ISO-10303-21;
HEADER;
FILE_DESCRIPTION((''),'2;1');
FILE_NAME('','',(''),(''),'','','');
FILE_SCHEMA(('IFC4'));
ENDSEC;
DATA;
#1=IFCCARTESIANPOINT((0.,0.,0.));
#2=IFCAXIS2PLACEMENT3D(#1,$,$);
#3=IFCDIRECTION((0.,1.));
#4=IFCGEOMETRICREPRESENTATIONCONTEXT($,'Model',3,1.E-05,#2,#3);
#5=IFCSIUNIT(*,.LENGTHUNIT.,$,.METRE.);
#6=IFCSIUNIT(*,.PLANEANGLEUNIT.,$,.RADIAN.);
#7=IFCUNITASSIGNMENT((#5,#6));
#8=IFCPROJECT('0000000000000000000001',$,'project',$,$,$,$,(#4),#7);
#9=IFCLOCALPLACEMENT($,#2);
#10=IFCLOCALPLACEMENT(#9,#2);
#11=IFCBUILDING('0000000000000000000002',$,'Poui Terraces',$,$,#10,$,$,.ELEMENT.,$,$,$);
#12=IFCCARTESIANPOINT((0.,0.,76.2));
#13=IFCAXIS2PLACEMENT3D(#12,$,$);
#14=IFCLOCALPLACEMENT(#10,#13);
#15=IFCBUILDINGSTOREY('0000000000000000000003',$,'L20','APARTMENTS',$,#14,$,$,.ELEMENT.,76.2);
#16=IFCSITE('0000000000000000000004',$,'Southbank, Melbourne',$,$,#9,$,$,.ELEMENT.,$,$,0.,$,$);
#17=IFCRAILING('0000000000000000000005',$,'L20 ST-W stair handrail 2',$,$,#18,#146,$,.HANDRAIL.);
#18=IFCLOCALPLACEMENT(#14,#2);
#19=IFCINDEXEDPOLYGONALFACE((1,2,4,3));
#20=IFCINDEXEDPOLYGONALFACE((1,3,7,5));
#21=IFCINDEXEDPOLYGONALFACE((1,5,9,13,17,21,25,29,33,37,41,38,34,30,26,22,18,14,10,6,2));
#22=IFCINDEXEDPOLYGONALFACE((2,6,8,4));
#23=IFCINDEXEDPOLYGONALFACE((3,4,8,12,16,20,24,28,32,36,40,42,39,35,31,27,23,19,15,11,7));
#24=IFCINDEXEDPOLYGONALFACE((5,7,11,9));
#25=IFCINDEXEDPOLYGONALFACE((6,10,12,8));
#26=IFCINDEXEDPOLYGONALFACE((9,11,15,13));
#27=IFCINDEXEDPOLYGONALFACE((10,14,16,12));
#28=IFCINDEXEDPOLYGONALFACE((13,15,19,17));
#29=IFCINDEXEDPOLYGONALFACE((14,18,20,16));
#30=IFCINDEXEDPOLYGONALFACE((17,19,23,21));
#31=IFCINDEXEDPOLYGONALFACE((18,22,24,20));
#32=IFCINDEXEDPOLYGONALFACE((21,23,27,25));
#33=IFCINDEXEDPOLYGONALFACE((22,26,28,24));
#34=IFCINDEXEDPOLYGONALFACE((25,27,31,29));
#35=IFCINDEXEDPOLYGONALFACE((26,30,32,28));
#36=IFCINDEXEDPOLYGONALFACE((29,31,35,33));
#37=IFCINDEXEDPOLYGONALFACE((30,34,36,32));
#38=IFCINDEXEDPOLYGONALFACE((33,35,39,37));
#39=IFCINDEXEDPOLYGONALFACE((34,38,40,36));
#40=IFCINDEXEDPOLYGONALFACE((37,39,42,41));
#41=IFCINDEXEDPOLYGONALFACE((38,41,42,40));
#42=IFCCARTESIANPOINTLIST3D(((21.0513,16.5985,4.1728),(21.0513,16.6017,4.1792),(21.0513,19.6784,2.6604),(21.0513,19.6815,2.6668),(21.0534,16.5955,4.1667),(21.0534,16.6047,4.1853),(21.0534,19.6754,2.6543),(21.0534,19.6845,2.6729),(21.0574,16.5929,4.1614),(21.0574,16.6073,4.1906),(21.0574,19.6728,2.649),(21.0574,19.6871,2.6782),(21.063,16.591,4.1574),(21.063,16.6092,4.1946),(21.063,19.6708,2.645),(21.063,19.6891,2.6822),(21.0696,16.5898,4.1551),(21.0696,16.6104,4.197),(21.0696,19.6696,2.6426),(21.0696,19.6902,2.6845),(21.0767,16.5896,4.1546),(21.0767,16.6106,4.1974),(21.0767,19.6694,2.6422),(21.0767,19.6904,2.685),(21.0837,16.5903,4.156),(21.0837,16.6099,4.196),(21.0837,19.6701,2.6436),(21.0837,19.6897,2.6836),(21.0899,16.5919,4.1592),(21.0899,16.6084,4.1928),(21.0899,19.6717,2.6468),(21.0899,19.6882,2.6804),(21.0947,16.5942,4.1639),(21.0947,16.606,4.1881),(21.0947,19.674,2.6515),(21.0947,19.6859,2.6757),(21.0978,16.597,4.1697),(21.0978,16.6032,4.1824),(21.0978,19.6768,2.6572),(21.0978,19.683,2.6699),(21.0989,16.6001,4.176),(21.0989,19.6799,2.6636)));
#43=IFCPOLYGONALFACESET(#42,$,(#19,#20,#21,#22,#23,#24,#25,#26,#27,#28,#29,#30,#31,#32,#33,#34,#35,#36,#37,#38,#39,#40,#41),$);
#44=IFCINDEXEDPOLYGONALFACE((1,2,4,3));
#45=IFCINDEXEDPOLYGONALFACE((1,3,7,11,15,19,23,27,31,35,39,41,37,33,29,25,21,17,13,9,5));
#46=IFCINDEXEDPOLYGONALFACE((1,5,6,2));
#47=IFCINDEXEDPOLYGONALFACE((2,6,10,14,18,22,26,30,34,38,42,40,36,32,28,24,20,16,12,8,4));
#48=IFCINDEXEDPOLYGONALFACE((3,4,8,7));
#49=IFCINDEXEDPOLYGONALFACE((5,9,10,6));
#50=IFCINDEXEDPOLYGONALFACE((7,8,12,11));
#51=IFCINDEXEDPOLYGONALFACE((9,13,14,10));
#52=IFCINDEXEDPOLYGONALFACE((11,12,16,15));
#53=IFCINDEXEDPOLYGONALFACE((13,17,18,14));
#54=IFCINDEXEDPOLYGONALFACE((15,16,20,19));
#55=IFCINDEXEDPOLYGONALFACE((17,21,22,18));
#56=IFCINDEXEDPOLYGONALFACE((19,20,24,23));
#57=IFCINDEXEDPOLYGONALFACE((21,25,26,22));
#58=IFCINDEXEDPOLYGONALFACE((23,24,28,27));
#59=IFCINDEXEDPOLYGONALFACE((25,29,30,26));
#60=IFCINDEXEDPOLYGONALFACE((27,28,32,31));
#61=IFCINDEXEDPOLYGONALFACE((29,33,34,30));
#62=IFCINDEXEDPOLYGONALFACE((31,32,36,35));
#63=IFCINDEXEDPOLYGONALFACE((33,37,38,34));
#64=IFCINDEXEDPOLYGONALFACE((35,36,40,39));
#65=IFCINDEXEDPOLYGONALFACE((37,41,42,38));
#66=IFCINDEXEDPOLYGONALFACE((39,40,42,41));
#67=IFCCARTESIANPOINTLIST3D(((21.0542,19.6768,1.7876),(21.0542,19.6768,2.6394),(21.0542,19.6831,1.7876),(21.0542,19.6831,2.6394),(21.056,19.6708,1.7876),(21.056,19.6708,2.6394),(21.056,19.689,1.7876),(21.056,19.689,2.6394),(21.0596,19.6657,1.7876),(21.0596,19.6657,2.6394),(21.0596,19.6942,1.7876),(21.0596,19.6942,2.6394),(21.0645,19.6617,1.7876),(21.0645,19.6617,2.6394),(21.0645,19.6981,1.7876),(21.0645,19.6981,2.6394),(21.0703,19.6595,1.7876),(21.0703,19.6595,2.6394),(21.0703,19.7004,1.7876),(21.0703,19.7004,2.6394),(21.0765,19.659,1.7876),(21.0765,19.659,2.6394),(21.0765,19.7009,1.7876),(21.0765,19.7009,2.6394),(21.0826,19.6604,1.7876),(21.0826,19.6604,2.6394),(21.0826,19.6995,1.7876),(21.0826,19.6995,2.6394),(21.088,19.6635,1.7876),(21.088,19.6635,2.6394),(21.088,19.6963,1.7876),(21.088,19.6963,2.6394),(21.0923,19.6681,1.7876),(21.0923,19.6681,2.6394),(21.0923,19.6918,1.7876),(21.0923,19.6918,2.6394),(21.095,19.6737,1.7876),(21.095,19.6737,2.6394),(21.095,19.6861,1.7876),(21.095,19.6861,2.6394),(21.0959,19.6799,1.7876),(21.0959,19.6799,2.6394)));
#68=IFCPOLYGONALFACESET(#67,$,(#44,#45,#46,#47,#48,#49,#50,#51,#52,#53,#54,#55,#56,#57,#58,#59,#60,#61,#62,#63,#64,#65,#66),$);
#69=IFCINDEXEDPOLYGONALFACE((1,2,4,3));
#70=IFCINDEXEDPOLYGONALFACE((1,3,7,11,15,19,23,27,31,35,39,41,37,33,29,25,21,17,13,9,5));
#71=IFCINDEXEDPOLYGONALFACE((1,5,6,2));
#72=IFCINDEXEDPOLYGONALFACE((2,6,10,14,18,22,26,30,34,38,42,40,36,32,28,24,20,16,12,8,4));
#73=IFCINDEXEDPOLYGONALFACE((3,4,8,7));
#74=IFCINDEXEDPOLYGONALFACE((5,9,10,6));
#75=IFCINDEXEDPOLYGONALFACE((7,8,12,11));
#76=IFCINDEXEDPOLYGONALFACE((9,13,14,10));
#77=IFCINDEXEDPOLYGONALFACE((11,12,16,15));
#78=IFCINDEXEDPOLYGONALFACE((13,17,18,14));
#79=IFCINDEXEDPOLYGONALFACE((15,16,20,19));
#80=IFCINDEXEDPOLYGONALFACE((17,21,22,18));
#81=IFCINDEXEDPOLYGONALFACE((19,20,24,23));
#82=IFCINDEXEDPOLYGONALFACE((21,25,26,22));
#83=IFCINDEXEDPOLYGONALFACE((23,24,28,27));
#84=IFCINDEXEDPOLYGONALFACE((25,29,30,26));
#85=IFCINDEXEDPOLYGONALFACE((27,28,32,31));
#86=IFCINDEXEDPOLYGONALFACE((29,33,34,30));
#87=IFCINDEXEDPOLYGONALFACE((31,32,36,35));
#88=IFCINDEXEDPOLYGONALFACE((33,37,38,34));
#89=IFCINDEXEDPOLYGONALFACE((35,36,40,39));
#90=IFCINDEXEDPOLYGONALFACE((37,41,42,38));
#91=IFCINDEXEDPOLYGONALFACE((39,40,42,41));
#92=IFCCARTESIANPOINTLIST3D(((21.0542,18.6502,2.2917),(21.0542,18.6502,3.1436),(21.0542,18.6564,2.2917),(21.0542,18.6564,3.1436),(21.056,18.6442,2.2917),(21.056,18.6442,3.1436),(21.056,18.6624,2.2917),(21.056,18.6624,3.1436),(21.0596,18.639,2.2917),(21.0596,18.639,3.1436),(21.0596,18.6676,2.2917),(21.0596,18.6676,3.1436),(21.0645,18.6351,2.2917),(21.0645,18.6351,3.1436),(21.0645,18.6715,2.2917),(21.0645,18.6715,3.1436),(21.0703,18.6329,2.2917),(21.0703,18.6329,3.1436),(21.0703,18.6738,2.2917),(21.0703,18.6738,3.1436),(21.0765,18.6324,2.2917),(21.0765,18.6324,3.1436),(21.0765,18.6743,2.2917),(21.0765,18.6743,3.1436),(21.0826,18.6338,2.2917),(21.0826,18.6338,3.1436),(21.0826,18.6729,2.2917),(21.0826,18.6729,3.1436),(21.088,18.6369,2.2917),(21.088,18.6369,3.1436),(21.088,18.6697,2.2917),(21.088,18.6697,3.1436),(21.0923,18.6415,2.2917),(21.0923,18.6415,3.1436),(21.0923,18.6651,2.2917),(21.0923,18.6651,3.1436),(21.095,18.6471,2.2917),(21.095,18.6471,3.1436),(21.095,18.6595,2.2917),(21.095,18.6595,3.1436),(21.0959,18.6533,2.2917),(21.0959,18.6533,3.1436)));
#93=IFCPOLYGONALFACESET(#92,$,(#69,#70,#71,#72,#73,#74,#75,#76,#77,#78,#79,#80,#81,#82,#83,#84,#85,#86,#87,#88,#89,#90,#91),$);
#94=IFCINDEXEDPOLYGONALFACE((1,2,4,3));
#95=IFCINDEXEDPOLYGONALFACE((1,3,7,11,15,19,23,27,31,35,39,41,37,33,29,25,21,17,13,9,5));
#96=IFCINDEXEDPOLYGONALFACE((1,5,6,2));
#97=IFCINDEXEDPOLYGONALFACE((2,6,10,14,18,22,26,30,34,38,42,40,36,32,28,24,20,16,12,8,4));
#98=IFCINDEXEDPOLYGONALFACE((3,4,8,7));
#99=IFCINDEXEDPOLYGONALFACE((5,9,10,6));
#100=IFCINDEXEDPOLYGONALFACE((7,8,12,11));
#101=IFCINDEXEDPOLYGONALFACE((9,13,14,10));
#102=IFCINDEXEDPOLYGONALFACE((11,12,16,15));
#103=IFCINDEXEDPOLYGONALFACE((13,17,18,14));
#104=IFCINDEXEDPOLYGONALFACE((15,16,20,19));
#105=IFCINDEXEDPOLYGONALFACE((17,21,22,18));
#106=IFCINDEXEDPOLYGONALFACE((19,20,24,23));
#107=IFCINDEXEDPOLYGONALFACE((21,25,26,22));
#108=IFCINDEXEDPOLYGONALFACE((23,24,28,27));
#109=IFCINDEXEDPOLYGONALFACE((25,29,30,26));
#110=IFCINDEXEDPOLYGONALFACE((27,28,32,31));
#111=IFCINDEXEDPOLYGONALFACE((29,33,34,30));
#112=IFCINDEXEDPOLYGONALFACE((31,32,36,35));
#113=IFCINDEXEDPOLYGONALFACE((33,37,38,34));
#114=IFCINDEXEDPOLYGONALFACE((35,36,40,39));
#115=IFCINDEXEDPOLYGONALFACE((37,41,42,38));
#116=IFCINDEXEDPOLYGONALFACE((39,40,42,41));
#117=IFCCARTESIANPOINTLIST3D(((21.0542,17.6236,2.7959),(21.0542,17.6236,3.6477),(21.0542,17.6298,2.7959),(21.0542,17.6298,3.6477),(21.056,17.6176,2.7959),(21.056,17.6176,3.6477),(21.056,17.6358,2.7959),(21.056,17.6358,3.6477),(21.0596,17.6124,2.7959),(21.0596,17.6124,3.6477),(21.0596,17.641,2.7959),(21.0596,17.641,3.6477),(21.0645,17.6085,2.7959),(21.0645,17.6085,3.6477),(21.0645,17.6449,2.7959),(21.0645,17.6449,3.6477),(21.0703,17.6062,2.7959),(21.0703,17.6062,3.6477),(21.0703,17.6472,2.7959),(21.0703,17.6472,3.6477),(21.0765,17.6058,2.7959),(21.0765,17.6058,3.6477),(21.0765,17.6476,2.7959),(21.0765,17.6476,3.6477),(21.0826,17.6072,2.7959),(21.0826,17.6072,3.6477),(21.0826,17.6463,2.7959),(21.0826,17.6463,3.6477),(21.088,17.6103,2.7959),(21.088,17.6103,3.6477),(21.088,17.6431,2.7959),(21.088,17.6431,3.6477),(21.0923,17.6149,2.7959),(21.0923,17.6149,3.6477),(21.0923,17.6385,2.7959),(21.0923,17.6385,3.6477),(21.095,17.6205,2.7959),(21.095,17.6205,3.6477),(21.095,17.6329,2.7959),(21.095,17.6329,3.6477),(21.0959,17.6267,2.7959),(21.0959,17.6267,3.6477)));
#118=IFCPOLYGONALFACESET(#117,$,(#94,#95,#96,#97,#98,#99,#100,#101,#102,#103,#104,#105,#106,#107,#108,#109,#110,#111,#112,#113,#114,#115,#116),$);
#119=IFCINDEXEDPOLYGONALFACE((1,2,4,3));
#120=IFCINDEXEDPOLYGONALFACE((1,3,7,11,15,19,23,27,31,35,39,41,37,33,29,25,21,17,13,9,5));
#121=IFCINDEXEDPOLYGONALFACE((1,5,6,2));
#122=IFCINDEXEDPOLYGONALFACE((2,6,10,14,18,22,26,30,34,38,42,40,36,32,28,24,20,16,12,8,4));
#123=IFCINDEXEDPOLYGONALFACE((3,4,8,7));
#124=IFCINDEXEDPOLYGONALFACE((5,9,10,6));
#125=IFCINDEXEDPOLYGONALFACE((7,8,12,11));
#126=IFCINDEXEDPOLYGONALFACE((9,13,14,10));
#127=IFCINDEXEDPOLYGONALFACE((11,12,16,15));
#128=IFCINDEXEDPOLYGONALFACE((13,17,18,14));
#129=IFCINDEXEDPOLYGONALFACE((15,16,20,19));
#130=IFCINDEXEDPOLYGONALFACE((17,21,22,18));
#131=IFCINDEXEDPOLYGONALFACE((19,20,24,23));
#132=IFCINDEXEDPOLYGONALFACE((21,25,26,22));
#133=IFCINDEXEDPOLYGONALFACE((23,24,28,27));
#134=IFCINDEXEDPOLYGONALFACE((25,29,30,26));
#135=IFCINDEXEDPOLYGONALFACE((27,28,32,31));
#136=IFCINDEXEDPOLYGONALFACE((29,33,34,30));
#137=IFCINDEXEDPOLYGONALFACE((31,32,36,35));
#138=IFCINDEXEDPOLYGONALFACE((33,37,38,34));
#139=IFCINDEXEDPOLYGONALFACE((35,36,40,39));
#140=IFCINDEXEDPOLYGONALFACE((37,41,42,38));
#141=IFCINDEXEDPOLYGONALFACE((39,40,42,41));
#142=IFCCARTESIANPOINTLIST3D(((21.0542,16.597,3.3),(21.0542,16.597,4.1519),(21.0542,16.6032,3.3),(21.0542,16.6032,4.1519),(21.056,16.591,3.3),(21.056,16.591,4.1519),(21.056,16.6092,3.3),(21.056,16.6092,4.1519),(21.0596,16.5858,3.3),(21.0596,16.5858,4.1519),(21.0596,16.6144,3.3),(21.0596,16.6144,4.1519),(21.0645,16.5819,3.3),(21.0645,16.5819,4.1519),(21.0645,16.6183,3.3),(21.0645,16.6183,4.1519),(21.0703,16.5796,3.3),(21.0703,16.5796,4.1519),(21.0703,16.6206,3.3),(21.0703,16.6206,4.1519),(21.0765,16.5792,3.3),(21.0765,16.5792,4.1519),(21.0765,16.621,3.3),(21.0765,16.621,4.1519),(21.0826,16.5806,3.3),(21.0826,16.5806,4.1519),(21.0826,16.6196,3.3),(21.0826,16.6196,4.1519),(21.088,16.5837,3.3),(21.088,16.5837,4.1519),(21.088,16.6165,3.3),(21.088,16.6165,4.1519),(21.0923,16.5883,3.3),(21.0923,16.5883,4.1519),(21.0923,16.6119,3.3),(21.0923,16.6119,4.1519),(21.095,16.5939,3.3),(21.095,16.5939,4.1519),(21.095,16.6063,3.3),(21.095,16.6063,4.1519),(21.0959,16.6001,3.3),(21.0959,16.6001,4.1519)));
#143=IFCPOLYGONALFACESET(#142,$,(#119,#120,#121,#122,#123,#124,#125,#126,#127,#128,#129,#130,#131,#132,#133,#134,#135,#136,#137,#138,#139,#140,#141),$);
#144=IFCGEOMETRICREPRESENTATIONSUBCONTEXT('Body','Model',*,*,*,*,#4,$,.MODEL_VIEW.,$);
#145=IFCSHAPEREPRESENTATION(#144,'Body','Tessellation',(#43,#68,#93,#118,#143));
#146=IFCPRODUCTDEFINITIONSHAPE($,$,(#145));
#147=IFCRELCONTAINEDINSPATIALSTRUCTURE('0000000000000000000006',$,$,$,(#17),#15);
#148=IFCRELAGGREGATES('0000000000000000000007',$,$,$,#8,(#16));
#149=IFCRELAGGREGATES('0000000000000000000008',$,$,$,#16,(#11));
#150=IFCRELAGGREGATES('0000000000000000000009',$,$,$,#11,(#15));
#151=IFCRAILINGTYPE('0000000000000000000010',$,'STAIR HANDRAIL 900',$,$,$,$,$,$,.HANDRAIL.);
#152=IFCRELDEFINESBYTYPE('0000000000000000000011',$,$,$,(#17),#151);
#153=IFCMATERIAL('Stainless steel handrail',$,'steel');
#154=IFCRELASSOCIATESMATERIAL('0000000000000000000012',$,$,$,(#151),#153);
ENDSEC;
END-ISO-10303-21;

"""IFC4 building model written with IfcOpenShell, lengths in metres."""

from ifc_helpers import new_model, si_unit, direction, frame, origin, origin_2d, place, context, subcontext, project, spatial, circle, extrude, material, type_object, element, save


model = new_model("IFC4")

# Units and contexts
model_context = context("Model", 3, precision=1e-05, world=origin(), true_north=direction((0.0, 1.0)))
body_context = subcontext(model_context, "Body", "Model", "MODEL_VIEW")
ifc_project = project(units=[si_unit("LENGTHUNIT", "METRE"), si_unit("PLANEANGLEUNIT", "RADIAN")], contexts=[model_context])

# Site, building, storey
site_placement = place(None, origin())
site = spatial("IfcSite", under=ifc_project, at=site_placement, Name="Southbank, Melbourne", CompositionType="ELEMENT", RefElevation=0.0)
building_placement = place(site_placement, origin())
building = spatial("IfcBuilding", under=site, at=building_placement, Name="Poui Terraces", CompositionType="ELEMENT")
storey_placement = place(building_placement, frame((0.0, 0.0, 76.2)))
storey = spatial("IfcBuildingStorey", under=building, at=storey_placement, Name="L20", Description="APARTMENTS", CompositionType="ELEMENT", Elevation=76.2)

# Railing
ifc_material_1 = material(Name="Stainless steel handrail", Category="steel")
railing_type_1 = type_object("IfcRailingType", Name="STAIR HANDRAIL 900", PredefinedType="HANDRAIL", material=ifc_material_1)
railing_1_placement = place(storey_placement, frame((21.075, 19.6799, 1.7876)))
element("IfcRailing", 1, at=railing_1_placement, inside=storey, type_object=railing_type_1, Name="L20 ST-W stair handrail 2", PredefinedType="HANDRAIL", context=body_context, shape_type="SweptSolid", body=[
    extrude(circle(Radius=0.0239, at=origin_2d()), frame((0.0, 0.0, 0.876), z_axis=(0.0, -0.897606, 0.440798), x_axis=(1.0, 0.0, 0.0)), (0.0, 0.0, 1.0), 3.4312),
    extrude(circle(Radius=0.021, at=origin_2d()), origin(), (0.0, 0.0, 1.0), 0.8518),
    extrude(circle(Radius=0.021, at=origin_2d()), frame((0.0, -1.0266, 0.5042)), (0.0, 0.0, 1.0), 0.8518),
    extrude(circle(Radius=0.021, at=origin_2d()), frame((0.0, -2.0532, 1.0083)), (0.0, 0.0, 1.0), 0.8518),
    extrude(circle(Radius=0.021, at=origin_2d()), frame((0.0, -3.0798, 1.5125)), (0.0, 0.0, 1.0), 0.8518),
])

save(model, "model.ifc")
